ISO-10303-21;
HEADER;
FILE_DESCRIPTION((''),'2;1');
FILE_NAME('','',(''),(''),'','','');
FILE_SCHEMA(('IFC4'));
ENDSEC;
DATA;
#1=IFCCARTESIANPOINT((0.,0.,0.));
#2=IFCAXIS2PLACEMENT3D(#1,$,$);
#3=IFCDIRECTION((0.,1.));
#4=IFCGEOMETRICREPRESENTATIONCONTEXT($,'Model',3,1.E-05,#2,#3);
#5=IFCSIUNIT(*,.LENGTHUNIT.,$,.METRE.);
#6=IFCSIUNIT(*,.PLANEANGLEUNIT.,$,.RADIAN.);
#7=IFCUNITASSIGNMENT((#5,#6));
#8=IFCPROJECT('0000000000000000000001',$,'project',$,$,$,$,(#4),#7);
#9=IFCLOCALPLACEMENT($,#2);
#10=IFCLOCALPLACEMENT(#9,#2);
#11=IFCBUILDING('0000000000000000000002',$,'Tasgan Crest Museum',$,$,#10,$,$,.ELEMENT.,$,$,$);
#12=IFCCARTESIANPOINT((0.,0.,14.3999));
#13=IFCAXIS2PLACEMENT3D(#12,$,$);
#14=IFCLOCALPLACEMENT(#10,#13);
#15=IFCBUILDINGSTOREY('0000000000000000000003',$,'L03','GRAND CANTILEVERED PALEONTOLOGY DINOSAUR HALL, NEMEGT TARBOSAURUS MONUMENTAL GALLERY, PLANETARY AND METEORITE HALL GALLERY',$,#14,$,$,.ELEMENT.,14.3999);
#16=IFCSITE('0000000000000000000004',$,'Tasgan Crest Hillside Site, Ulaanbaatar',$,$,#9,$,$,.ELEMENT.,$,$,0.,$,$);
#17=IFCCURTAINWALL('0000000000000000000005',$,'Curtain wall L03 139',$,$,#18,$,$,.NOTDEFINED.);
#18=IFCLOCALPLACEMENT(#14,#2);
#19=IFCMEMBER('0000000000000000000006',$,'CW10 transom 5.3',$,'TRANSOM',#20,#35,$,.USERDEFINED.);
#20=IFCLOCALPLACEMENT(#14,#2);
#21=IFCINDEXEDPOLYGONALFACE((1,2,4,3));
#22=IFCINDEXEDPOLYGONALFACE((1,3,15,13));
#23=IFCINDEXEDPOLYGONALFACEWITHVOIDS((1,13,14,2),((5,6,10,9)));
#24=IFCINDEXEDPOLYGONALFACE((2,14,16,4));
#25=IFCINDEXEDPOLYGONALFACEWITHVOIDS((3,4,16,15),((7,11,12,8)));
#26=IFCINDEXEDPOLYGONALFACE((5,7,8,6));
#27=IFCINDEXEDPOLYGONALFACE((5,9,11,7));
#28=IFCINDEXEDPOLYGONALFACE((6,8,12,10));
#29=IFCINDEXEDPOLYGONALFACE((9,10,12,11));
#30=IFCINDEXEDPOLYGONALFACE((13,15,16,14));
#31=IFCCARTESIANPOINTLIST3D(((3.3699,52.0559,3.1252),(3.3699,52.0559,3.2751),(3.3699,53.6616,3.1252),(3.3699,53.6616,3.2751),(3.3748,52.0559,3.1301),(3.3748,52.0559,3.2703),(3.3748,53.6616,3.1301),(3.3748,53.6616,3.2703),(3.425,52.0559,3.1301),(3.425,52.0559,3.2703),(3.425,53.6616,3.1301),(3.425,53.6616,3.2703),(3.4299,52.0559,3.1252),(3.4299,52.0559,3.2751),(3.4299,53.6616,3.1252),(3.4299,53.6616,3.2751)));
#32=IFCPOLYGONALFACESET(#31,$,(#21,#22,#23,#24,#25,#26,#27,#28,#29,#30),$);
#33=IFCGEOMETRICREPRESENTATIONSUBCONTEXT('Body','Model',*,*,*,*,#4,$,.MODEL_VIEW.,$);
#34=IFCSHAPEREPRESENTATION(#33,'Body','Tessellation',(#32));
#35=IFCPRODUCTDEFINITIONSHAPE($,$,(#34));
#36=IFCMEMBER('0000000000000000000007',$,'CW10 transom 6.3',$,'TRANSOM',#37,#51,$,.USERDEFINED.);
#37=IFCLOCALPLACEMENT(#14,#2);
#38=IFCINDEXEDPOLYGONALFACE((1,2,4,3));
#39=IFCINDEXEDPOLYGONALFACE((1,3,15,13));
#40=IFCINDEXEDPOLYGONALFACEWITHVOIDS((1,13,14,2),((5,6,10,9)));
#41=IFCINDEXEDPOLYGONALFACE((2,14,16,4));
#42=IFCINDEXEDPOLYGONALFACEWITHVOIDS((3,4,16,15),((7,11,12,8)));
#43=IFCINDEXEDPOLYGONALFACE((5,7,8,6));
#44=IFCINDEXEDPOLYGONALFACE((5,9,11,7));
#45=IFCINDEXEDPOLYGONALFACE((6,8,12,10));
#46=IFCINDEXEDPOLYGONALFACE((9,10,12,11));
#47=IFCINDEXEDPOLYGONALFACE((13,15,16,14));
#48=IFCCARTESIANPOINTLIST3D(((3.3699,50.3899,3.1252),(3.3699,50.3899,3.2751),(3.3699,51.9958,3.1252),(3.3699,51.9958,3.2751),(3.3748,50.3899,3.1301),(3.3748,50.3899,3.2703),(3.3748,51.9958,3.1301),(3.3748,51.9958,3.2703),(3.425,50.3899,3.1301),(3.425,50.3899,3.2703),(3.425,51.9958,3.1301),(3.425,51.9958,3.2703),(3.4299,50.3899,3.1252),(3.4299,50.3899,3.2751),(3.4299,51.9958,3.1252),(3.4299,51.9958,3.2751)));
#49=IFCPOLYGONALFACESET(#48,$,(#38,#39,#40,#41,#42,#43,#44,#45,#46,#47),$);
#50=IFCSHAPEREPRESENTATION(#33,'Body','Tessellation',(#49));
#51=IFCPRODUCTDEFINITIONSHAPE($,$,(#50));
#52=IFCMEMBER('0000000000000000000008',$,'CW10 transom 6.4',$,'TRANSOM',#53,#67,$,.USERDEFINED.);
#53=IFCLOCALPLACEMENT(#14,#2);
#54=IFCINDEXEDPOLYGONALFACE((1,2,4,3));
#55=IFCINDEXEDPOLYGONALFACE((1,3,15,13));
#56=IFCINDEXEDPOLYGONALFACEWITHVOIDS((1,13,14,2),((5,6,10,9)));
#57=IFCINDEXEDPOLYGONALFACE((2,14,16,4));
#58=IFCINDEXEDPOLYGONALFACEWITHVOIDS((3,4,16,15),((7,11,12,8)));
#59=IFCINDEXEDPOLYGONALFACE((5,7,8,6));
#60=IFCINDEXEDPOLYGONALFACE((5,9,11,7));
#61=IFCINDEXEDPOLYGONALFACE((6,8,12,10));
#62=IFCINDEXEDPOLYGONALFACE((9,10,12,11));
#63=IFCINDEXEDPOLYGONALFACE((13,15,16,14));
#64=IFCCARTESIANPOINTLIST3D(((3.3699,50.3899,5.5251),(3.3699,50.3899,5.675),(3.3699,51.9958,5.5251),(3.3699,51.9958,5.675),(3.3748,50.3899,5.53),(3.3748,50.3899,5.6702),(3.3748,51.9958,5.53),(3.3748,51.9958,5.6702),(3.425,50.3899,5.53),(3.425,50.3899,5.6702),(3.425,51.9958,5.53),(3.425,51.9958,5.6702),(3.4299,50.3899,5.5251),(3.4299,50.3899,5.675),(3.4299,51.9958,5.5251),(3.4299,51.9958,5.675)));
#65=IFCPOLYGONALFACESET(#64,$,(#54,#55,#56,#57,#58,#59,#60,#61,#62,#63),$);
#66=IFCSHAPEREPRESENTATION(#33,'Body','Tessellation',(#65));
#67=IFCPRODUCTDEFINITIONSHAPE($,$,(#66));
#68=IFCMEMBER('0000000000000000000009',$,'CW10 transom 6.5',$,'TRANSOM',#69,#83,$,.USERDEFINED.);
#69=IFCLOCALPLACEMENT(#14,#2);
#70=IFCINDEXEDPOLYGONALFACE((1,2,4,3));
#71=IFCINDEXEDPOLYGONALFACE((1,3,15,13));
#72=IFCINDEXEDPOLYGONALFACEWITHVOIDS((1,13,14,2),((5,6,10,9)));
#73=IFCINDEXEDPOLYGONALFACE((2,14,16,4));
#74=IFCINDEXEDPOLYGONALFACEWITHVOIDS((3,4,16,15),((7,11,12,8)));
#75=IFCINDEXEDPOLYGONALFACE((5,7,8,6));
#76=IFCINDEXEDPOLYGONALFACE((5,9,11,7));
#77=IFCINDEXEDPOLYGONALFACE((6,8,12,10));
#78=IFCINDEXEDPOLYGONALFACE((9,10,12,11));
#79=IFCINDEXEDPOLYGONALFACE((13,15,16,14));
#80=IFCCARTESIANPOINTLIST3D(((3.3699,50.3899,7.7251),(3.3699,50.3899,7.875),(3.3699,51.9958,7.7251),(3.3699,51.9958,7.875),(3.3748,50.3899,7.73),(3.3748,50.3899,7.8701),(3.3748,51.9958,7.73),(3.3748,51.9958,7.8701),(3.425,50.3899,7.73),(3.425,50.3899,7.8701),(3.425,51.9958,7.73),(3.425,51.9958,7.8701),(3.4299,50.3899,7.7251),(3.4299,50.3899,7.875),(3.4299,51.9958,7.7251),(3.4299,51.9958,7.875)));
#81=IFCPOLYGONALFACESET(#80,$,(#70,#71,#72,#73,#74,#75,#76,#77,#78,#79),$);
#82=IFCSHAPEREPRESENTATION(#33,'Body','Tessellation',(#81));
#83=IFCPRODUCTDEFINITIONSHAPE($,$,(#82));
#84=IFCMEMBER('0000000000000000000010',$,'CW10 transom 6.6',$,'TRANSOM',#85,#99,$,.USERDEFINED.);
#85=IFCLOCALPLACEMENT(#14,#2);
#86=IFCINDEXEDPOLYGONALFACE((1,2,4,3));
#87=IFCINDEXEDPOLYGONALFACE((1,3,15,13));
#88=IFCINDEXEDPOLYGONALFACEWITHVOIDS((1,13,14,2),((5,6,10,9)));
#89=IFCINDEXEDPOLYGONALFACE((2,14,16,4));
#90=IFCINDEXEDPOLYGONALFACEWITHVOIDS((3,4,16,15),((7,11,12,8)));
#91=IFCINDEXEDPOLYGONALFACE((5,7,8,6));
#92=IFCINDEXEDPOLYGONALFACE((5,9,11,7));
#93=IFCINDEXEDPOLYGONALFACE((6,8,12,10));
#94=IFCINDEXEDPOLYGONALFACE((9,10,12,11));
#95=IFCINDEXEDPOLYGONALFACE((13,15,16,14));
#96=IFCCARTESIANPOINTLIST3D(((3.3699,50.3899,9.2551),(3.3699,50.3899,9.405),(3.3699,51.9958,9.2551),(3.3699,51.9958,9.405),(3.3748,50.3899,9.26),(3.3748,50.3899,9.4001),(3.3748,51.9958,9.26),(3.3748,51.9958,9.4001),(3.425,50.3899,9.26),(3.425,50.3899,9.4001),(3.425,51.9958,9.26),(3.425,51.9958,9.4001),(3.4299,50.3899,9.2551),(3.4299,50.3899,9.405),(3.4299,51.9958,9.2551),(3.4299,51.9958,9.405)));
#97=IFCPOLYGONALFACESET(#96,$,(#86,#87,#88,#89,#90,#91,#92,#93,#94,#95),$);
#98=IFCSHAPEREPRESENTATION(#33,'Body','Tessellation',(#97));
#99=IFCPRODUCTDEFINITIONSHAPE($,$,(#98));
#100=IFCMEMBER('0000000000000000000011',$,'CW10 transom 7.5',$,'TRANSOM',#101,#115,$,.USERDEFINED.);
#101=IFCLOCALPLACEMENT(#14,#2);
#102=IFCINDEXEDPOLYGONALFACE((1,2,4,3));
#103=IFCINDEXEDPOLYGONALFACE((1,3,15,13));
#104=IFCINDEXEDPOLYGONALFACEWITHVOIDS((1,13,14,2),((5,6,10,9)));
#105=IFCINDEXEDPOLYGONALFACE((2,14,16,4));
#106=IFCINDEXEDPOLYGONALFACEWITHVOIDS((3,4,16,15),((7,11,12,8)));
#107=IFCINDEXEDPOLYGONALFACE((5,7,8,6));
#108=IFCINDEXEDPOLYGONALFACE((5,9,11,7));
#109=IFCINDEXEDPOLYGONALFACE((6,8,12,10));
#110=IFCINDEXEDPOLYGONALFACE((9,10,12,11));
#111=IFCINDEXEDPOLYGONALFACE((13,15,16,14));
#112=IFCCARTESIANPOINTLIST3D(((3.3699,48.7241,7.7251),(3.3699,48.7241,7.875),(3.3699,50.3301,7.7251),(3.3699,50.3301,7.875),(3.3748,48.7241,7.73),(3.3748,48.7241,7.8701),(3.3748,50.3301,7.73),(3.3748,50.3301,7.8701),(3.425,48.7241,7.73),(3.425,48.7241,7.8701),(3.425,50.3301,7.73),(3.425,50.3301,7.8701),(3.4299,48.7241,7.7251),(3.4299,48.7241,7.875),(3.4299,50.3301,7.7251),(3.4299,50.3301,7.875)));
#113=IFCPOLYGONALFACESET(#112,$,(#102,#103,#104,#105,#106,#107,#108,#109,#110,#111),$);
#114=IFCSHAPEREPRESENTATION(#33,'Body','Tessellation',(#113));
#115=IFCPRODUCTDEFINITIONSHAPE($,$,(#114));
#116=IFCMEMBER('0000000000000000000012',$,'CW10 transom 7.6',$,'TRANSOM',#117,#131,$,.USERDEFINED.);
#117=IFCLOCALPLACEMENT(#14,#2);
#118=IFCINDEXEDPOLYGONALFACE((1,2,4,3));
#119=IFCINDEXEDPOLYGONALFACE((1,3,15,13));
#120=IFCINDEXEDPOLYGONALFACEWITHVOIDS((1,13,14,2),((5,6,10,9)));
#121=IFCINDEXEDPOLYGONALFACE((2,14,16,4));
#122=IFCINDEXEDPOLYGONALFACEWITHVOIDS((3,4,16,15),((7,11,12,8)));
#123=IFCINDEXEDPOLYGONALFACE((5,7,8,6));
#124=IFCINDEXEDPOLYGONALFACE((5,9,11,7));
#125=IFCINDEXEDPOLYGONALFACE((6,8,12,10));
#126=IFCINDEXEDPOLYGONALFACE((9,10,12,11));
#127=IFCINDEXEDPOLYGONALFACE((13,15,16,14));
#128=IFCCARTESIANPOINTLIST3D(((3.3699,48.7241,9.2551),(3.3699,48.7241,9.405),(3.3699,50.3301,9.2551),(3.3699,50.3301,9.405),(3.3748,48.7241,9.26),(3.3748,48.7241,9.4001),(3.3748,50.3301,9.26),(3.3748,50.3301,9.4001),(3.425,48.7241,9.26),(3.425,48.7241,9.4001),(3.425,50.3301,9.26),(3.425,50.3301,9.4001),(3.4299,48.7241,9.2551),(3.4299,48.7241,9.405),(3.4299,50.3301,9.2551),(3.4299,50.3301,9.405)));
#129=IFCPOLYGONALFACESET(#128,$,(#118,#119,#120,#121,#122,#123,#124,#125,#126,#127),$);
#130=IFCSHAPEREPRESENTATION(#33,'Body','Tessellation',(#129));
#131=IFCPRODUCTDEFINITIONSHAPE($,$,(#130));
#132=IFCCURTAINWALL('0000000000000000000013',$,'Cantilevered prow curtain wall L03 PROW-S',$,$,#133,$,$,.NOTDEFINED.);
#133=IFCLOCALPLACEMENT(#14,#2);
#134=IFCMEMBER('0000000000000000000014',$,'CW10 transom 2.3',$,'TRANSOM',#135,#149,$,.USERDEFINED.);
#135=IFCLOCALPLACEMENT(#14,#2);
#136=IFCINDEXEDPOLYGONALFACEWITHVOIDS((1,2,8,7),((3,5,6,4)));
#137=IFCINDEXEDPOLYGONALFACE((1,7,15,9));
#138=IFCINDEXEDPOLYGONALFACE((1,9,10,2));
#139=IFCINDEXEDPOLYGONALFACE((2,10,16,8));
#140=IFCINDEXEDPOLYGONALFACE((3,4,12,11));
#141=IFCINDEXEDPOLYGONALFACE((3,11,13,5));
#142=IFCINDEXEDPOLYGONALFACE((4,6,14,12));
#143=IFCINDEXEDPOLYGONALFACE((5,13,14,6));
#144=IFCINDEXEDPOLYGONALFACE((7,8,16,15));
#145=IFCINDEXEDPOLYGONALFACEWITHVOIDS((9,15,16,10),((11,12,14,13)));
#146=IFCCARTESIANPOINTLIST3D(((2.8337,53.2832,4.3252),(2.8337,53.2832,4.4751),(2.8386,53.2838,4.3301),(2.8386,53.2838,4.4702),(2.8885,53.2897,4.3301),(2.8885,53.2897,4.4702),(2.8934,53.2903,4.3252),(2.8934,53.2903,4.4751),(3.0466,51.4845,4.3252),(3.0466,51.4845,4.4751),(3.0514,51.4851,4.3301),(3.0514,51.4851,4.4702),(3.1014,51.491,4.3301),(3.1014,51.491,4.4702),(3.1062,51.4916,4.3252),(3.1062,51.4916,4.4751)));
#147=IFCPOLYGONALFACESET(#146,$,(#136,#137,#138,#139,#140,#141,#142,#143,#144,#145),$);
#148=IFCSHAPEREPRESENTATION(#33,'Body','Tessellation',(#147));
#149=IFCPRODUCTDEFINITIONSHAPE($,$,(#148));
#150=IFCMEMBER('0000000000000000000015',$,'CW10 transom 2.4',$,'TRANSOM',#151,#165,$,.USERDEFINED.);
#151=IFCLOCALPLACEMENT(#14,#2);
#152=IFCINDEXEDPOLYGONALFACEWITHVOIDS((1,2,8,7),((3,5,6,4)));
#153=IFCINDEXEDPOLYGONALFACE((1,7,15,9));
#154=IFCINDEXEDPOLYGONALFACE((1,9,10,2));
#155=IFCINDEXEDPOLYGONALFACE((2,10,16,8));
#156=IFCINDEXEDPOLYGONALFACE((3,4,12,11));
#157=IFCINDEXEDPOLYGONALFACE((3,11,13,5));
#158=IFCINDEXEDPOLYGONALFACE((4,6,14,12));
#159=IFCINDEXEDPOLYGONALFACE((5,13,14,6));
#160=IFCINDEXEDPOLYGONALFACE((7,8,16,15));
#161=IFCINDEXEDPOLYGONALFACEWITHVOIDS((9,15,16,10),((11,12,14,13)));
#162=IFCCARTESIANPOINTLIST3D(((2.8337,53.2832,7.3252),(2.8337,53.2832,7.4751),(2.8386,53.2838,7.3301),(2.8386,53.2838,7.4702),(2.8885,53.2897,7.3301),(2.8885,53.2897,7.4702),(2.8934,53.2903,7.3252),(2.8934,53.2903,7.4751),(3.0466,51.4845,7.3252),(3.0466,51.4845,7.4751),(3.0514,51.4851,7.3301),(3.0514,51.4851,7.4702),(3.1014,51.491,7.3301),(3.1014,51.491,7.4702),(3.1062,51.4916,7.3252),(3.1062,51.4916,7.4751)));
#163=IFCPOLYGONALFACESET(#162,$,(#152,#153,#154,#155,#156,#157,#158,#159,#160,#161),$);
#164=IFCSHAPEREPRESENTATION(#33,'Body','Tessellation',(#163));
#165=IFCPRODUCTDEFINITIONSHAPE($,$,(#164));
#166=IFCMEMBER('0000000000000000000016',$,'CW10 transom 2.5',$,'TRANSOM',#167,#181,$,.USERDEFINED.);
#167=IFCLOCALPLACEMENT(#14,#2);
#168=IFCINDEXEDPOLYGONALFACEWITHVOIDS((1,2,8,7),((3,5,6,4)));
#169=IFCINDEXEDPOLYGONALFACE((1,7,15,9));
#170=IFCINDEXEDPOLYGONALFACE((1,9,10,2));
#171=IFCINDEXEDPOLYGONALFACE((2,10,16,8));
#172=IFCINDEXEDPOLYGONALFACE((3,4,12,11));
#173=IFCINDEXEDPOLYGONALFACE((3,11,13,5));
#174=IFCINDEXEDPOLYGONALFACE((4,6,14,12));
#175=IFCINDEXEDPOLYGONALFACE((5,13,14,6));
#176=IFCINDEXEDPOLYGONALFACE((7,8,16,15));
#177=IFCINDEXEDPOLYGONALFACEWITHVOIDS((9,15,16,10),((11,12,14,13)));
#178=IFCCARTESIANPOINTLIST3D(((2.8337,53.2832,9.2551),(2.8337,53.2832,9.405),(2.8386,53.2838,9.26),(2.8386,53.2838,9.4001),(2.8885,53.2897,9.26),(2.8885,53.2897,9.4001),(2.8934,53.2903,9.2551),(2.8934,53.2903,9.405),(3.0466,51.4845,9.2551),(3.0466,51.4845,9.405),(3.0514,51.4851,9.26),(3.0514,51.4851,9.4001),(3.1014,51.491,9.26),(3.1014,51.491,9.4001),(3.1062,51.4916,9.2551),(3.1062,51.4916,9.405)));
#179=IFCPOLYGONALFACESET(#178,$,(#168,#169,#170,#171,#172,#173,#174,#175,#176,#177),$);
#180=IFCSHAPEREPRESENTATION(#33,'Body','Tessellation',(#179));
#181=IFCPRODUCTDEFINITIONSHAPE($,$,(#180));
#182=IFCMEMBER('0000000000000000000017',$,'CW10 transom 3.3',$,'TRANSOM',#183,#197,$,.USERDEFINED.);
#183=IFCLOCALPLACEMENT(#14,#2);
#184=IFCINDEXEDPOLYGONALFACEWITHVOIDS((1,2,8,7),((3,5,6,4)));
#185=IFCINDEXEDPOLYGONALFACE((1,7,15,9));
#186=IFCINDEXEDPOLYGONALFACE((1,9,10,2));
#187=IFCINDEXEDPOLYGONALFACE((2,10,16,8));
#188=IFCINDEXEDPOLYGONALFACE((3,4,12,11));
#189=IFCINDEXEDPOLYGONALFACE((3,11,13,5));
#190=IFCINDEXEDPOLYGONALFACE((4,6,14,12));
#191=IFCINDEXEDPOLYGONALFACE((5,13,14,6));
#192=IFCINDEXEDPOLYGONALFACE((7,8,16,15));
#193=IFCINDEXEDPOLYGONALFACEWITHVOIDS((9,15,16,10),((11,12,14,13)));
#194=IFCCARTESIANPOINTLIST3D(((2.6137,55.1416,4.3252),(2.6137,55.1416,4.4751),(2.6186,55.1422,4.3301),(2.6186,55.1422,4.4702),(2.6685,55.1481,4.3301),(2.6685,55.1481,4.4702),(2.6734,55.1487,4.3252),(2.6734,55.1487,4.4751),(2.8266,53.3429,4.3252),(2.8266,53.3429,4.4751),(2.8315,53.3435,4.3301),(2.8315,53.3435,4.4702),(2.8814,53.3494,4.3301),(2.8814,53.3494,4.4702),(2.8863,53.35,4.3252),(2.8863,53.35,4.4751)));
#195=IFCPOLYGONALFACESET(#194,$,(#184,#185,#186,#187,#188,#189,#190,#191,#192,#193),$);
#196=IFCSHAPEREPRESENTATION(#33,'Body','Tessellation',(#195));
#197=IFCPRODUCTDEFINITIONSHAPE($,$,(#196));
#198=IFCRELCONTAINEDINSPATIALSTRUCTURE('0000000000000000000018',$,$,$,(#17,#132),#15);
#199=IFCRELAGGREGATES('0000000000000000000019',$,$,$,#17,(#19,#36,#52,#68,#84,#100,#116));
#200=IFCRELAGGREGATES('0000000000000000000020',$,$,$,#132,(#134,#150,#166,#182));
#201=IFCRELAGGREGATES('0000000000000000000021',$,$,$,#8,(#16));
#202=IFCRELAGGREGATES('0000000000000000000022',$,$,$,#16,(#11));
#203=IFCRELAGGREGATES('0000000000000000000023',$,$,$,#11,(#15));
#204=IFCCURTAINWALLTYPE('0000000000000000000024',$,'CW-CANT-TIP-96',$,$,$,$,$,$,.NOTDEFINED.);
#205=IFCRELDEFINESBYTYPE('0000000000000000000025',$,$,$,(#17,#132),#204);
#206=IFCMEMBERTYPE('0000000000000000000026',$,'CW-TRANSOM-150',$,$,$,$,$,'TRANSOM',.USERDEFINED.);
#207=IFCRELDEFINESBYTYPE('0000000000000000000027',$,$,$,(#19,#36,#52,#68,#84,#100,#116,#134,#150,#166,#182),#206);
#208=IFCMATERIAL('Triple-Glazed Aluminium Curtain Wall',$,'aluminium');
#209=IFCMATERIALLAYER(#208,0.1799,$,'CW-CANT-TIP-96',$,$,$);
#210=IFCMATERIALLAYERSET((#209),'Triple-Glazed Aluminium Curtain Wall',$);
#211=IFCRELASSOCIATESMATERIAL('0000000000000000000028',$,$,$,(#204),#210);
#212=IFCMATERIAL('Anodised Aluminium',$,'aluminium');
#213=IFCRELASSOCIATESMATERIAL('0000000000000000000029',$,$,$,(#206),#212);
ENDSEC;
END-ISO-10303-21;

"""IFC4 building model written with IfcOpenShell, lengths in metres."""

from ifc_helpers import new_model, si_unit, direction, frame, origin, origin_2d, place, context, subcontext, project, spatial, hollow_rectangle, extrude, material, layer, layer_set, material_profile, profile_set, type_object, element, aggregate, save


model = new_model("IFC4")

# Units and contexts
model_context = context("Model", 3, precision=1e-05, world=origin(), true_north=direction((0.0, 1.0)))
body_context = subcontext(model_context, "Body", "Model", "MODEL_VIEW")
ifc_project = project(units=[si_unit("LENGTHUNIT", "METRE"), si_unit("PLANEANGLEUNIT", "RADIAN")], contexts=[model_context])

# Site, building, storey
site_placement = place(None, origin())
site = spatial("IfcSite", under=ifc_project, at=site_placement, Name="Tasgan Crest Hillside Site, Ulaanbaatar", CompositionType="ELEMENT", RefElevation=0.0)
building_placement = place(site_placement, origin())
building = spatial("IfcBuilding", under=site, at=building_placement, Name="Tasgan Crest Museum", CompositionType="ELEMENT")
storey_placement = place(building_placement, frame((0.0, 0.0, 14.3999)))
storey = spatial("IfcBuildingStorey", under=building, at=storey_placement, Name="L03", Description="GRAND CANTILEVERED PALEONTOLOGY DINOSAUR HALL, NEMEGT TARBOSAURUS MONUMENTAL GALLERY, PLANETARY AND METEORITE HALL GALLERY", CompositionType="ELEMENT", Elevation=14.3999)

# Curtain walls, members
ifc_material_1 = material(Name="Triple-Glazed Aluminium Curtain Wall", Category="aluminium")
ifc_layer_1 = layer(ifc_material_1, 0.1799, Name="CW-CANT-TIP-96")
ifc_layer_set_1 = layer_set([ifc_layer_1], Name="Triple-Glazed Aluminium Curtain Wall")
curtain_wall_type = type_object("IfcCurtainWallType", Name="CW-CANT-TIP-96", PredefinedType="NOTDEFINED", material=ifc_layer_set_1)
curtain_wall_1_placement = place(storey_placement, origin())
curtain_wall_1 = element("IfcCurtainWall", 1, at=curtain_wall_1_placement, inside=storey, type_object=curtain_wall_type, Name="Curtain wall L03 139", PredefinedType="NOTDEFINED")
ifc_material_2 = material(Name="Anodised Aluminium", Category="aluminium")
ifc_material_profile = material_profile(ifc_material_2, hollow_rectangle(XDim=0.0601, YDim=0.1499, WallThickness=0.0049, at=origin_2d()), Name="ALU TRANSOM 150x60x5")
ifc_profile_set = profile_set([ifc_material_profile], Name="Anodised Aluminium")
member_type = type_object("IfcMemberType", Name="CW-TRANSOM-150", ElementType="TRANSOM", PredefinedType="USERDEFINED", material=ifc_profile_set)
member_1_placement = place(storey_placement, frame((3.3999, 53.6616, 3.2002), z_axis=(0.0, -1.0, 0.0), x_axis=(1.0, 0.0, 0.0)))
member_1 = element("IfcMember", 2, at=member_1_placement, type_object=member_type, Name="CW10 transom 5.3", ObjectType="TRANSOM", PredefinedType="USERDEFINED", context=body_context, shape_type="SweptSolid", body=[
    extrude(hollow_rectangle(XDim=0.0601, YDim=0.1499, WallThickness=0.0049, at=origin_2d()), origin(), (0.0, 0.0, 1.0), 1.6057),
])
member_2_placement = place(storey_placement, frame((3.3999, 51.9958, 3.2002), z_axis=(0.0, -1.0, 0.0), x_axis=(1.0, 0.0, 0.0)))
member_2 = element("IfcMember", 3, at=member_2_placement, type_object=member_type, Name="CW10 transom 6.3", ObjectType="TRANSOM", PredefinedType="USERDEFINED", context=body_context, shape_type="SweptSolid", body=[
    extrude(hollow_rectangle(XDim=0.0601, YDim=0.1499, WallThickness=0.0049, at=origin_2d()), origin(), (0.0, 0.0, 1.0), 1.606),
])
member_3_placement = place(storey_placement, frame((3.3999, 51.9958, 5.6001), z_axis=(0.0, -1.0, 0.0), x_axis=(1.0, 0.0, 0.0)))
member_3 = element("IfcMember", 4, at=member_3_placement, type_object=member_type, Name="CW10 transom 6.4", ObjectType="TRANSOM", PredefinedType="USERDEFINED", context=body_context, shape_type="SweptSolid", body=[
    extrude(hollow_rectangle(XDim=0.0601, YDim=0.1499, WallThickness=0.0049, at=origin_2d()), origin(), (0.0, 0.0, 1.0), 1.606),
])
member_4_placement = place(storey_placement, frame((3.3999, 51.9958, 7.8), z_axis=(0.0, -1.0, 0.0), x_axis=(1.0, 0.0, 0.0)))
member_4 = element("IfcMember", 5, at=member_4_placement, type_object=member_type, Name="CW10 transom 6.5", ObjectType="TRANSOM", PredefinedType="USERDEFINED", context=body_context, shape_type="SweptSolid", body=[
    extrude(hollow_rectangle(XDim=0.0601, YDim=0.1499, WallThickness=0.0049, at=origin_2d()), origin(), (0.0, 0.0, 1.0), 1.606),
])
member_5_placement = place(storey_placement, frame((3.3999, 51.9958, 9.3301), z_axis=(0.0, -1.0, 0.0), x_axis=(1.0, 0.0, 0.0)))
member_5 = element("IfcMember", 6, at=member_5_placement, type_object=member_type, Name="CW10 transom 6.6", ObjectType="TRANSOM", PredefinedType="USERDEFINED", context=body_context, shape_type="SweptSolid", body=[
    extrude(hollow_rectangle(XDim=0.0601, YDim=0.1499, WallThickness=0.0049, at=origin_2d()), origin(), (0.0, 0.0, 1.0), 1.606),
])
member_6_placement = place(storey_placement, frame((3.3999, 50.3301, 7.8), z_axis=(0.0, -1.0, 0.0), x_axis=(1.0, 0.0, 0.0)))
member_6 = element("IfcMember", 7, at=member_6_placement, type_object=member_type, Name="CW10 transom 7.5", ObjectType="TRANSOM", PredefinedType="USERDEFINED", context=body_context, shape_type="SweptSolid", body=[
    extrude(hollow_rectangle(XDim=0.0601, YDim=0.1499, WallThickness=0.0049, at=origin_2d()), origin(), (0.0, 0.0, 1.0), 1.606),
])
member_7_placement = place(storey_placement, frame((3.3999, 50.3301, 9.3301), z_axis=(0.0, -1.0, 0.0), x_axis=(1.0, 0.0, 0.0)))
member_7 = element("IfcMember", 8, at=member_7_placement, type_object=member_type, Name="CW10 transom 7.6", ObjectType="TRANSOM", PredefinedType="USERDEFINED", context=body_context, shape_type="SweptSolid", body=[
    extrude(hollow_rectangle(XDim=0.0601, YDim=0.1499, WallThickness=0.0049, at=origin_2d()), origin(), (0.0, 0.0, 1.0), 1.606),
])
curtain_wall_2_placement = place(storey_placement, origin())
curtain_wall_2 = element("IfcCurtainWall", 9, at=curtain_wall_2_placement, inside=storey, type_object=curtain_wall_type, Name="Cantilevered prow curtain wall L03 PROW-S", PredefinedType="NOTDEFINED")
member_8_placement = place(storey_placement, frame((3.0764, 51.488, 4.4001), z_axis=(-0.117529, 0.993069, 0.0), x_axis=(-0.993069, -0.117529, 0.0)))
member_8 = element("IfcMember", 10, at=member_8_placement, type_object=member_type, Name="CW10 transom 2.3", ObjectType="TRANSOM", PredefinedType="USERDEFINED", context=body_context, shape_type="SweptSolid", body=[
    extrude(hollow_rectangle(XDim=0.0601, YDim=0.1499, WallThickness=0.0049, at=origin_2d()), origin(), (0.0, 0.0, 1.0), 1.8113),
])
member_9_placement = place(storey_placement, frame((3.0764, 51.488, 7.4001), z_axis=(-0.117529, 0.993069, 0.0), x_axis=(-0.993069, -0.117529, 0.0)))
member_9 = element("IfcMember", 11, at=member_9_placement, type_object=member_type, Name="CW10 transom 2.4", ObjectType="TRANSOM", PredefinedType="USERDEFINED", context=body_context, shape_type="SweptSolid", body=[
    extrude(hollow_rectangle(XDim=0.0601, YDim=0.1499, WallThickness=0.0049, at=origin_2d()), origin(), (0.0, 0.0, 1.0), 1.8113),
])
member_10_placement = place(storey_placement, frame((3.0764, 51.488, 9.3301), z_axis=(-0.117529, 0.993069, 0.0), x_axis=(-0.993069, -0.117529, 0.0)))
member_10 = element("IfcMember", 12, at=member_10_placement, type_object=member_type, Name="CW10 transom 2.5", ObjectType="TRANSOM", PredefinedType="USERDEFINED", context=body_context, shape_type="SweptSolid", body=[
    extrude(hollow_rectangle(XDim=0.0601, YDim=0.1499, WallThickness=0.0049, at=origin_2d()), origin(), (0.0, 0.0, 1.0), 1.8113),
])
member_11_placement = place(storey_placement, frame((2.8564, 53.3464, 4.4001), z_axis=(-0.117529, 0.993069, 0.0), x_axis=(-0.993069, -0.117529, 0.0)))
member_11 = element("IfcMember", 13, at=member_11_placement, type_object=member_type, Name="CW10 transom 3.3", ObjectType="TRANSOM", PredefinedType="USERDEFINED", context=body_context, shape_type="SweptSolid", body=[
    extrude(hollow_rectangle(XDim=0.0601, YDim=0.1499, WallThickness=0.0049, at=origin_2d()), origin(), (0.0, 0.0, 1.0), 1.8113),
])

aggregate(curtain_wall_1, [member_1, member_2, member_3, member_4, member_5, member_6, member_7])
aggregate(curtain_wall_2, [member_8, member_9, member_10, member_11])

save(model, "model.ifc")
